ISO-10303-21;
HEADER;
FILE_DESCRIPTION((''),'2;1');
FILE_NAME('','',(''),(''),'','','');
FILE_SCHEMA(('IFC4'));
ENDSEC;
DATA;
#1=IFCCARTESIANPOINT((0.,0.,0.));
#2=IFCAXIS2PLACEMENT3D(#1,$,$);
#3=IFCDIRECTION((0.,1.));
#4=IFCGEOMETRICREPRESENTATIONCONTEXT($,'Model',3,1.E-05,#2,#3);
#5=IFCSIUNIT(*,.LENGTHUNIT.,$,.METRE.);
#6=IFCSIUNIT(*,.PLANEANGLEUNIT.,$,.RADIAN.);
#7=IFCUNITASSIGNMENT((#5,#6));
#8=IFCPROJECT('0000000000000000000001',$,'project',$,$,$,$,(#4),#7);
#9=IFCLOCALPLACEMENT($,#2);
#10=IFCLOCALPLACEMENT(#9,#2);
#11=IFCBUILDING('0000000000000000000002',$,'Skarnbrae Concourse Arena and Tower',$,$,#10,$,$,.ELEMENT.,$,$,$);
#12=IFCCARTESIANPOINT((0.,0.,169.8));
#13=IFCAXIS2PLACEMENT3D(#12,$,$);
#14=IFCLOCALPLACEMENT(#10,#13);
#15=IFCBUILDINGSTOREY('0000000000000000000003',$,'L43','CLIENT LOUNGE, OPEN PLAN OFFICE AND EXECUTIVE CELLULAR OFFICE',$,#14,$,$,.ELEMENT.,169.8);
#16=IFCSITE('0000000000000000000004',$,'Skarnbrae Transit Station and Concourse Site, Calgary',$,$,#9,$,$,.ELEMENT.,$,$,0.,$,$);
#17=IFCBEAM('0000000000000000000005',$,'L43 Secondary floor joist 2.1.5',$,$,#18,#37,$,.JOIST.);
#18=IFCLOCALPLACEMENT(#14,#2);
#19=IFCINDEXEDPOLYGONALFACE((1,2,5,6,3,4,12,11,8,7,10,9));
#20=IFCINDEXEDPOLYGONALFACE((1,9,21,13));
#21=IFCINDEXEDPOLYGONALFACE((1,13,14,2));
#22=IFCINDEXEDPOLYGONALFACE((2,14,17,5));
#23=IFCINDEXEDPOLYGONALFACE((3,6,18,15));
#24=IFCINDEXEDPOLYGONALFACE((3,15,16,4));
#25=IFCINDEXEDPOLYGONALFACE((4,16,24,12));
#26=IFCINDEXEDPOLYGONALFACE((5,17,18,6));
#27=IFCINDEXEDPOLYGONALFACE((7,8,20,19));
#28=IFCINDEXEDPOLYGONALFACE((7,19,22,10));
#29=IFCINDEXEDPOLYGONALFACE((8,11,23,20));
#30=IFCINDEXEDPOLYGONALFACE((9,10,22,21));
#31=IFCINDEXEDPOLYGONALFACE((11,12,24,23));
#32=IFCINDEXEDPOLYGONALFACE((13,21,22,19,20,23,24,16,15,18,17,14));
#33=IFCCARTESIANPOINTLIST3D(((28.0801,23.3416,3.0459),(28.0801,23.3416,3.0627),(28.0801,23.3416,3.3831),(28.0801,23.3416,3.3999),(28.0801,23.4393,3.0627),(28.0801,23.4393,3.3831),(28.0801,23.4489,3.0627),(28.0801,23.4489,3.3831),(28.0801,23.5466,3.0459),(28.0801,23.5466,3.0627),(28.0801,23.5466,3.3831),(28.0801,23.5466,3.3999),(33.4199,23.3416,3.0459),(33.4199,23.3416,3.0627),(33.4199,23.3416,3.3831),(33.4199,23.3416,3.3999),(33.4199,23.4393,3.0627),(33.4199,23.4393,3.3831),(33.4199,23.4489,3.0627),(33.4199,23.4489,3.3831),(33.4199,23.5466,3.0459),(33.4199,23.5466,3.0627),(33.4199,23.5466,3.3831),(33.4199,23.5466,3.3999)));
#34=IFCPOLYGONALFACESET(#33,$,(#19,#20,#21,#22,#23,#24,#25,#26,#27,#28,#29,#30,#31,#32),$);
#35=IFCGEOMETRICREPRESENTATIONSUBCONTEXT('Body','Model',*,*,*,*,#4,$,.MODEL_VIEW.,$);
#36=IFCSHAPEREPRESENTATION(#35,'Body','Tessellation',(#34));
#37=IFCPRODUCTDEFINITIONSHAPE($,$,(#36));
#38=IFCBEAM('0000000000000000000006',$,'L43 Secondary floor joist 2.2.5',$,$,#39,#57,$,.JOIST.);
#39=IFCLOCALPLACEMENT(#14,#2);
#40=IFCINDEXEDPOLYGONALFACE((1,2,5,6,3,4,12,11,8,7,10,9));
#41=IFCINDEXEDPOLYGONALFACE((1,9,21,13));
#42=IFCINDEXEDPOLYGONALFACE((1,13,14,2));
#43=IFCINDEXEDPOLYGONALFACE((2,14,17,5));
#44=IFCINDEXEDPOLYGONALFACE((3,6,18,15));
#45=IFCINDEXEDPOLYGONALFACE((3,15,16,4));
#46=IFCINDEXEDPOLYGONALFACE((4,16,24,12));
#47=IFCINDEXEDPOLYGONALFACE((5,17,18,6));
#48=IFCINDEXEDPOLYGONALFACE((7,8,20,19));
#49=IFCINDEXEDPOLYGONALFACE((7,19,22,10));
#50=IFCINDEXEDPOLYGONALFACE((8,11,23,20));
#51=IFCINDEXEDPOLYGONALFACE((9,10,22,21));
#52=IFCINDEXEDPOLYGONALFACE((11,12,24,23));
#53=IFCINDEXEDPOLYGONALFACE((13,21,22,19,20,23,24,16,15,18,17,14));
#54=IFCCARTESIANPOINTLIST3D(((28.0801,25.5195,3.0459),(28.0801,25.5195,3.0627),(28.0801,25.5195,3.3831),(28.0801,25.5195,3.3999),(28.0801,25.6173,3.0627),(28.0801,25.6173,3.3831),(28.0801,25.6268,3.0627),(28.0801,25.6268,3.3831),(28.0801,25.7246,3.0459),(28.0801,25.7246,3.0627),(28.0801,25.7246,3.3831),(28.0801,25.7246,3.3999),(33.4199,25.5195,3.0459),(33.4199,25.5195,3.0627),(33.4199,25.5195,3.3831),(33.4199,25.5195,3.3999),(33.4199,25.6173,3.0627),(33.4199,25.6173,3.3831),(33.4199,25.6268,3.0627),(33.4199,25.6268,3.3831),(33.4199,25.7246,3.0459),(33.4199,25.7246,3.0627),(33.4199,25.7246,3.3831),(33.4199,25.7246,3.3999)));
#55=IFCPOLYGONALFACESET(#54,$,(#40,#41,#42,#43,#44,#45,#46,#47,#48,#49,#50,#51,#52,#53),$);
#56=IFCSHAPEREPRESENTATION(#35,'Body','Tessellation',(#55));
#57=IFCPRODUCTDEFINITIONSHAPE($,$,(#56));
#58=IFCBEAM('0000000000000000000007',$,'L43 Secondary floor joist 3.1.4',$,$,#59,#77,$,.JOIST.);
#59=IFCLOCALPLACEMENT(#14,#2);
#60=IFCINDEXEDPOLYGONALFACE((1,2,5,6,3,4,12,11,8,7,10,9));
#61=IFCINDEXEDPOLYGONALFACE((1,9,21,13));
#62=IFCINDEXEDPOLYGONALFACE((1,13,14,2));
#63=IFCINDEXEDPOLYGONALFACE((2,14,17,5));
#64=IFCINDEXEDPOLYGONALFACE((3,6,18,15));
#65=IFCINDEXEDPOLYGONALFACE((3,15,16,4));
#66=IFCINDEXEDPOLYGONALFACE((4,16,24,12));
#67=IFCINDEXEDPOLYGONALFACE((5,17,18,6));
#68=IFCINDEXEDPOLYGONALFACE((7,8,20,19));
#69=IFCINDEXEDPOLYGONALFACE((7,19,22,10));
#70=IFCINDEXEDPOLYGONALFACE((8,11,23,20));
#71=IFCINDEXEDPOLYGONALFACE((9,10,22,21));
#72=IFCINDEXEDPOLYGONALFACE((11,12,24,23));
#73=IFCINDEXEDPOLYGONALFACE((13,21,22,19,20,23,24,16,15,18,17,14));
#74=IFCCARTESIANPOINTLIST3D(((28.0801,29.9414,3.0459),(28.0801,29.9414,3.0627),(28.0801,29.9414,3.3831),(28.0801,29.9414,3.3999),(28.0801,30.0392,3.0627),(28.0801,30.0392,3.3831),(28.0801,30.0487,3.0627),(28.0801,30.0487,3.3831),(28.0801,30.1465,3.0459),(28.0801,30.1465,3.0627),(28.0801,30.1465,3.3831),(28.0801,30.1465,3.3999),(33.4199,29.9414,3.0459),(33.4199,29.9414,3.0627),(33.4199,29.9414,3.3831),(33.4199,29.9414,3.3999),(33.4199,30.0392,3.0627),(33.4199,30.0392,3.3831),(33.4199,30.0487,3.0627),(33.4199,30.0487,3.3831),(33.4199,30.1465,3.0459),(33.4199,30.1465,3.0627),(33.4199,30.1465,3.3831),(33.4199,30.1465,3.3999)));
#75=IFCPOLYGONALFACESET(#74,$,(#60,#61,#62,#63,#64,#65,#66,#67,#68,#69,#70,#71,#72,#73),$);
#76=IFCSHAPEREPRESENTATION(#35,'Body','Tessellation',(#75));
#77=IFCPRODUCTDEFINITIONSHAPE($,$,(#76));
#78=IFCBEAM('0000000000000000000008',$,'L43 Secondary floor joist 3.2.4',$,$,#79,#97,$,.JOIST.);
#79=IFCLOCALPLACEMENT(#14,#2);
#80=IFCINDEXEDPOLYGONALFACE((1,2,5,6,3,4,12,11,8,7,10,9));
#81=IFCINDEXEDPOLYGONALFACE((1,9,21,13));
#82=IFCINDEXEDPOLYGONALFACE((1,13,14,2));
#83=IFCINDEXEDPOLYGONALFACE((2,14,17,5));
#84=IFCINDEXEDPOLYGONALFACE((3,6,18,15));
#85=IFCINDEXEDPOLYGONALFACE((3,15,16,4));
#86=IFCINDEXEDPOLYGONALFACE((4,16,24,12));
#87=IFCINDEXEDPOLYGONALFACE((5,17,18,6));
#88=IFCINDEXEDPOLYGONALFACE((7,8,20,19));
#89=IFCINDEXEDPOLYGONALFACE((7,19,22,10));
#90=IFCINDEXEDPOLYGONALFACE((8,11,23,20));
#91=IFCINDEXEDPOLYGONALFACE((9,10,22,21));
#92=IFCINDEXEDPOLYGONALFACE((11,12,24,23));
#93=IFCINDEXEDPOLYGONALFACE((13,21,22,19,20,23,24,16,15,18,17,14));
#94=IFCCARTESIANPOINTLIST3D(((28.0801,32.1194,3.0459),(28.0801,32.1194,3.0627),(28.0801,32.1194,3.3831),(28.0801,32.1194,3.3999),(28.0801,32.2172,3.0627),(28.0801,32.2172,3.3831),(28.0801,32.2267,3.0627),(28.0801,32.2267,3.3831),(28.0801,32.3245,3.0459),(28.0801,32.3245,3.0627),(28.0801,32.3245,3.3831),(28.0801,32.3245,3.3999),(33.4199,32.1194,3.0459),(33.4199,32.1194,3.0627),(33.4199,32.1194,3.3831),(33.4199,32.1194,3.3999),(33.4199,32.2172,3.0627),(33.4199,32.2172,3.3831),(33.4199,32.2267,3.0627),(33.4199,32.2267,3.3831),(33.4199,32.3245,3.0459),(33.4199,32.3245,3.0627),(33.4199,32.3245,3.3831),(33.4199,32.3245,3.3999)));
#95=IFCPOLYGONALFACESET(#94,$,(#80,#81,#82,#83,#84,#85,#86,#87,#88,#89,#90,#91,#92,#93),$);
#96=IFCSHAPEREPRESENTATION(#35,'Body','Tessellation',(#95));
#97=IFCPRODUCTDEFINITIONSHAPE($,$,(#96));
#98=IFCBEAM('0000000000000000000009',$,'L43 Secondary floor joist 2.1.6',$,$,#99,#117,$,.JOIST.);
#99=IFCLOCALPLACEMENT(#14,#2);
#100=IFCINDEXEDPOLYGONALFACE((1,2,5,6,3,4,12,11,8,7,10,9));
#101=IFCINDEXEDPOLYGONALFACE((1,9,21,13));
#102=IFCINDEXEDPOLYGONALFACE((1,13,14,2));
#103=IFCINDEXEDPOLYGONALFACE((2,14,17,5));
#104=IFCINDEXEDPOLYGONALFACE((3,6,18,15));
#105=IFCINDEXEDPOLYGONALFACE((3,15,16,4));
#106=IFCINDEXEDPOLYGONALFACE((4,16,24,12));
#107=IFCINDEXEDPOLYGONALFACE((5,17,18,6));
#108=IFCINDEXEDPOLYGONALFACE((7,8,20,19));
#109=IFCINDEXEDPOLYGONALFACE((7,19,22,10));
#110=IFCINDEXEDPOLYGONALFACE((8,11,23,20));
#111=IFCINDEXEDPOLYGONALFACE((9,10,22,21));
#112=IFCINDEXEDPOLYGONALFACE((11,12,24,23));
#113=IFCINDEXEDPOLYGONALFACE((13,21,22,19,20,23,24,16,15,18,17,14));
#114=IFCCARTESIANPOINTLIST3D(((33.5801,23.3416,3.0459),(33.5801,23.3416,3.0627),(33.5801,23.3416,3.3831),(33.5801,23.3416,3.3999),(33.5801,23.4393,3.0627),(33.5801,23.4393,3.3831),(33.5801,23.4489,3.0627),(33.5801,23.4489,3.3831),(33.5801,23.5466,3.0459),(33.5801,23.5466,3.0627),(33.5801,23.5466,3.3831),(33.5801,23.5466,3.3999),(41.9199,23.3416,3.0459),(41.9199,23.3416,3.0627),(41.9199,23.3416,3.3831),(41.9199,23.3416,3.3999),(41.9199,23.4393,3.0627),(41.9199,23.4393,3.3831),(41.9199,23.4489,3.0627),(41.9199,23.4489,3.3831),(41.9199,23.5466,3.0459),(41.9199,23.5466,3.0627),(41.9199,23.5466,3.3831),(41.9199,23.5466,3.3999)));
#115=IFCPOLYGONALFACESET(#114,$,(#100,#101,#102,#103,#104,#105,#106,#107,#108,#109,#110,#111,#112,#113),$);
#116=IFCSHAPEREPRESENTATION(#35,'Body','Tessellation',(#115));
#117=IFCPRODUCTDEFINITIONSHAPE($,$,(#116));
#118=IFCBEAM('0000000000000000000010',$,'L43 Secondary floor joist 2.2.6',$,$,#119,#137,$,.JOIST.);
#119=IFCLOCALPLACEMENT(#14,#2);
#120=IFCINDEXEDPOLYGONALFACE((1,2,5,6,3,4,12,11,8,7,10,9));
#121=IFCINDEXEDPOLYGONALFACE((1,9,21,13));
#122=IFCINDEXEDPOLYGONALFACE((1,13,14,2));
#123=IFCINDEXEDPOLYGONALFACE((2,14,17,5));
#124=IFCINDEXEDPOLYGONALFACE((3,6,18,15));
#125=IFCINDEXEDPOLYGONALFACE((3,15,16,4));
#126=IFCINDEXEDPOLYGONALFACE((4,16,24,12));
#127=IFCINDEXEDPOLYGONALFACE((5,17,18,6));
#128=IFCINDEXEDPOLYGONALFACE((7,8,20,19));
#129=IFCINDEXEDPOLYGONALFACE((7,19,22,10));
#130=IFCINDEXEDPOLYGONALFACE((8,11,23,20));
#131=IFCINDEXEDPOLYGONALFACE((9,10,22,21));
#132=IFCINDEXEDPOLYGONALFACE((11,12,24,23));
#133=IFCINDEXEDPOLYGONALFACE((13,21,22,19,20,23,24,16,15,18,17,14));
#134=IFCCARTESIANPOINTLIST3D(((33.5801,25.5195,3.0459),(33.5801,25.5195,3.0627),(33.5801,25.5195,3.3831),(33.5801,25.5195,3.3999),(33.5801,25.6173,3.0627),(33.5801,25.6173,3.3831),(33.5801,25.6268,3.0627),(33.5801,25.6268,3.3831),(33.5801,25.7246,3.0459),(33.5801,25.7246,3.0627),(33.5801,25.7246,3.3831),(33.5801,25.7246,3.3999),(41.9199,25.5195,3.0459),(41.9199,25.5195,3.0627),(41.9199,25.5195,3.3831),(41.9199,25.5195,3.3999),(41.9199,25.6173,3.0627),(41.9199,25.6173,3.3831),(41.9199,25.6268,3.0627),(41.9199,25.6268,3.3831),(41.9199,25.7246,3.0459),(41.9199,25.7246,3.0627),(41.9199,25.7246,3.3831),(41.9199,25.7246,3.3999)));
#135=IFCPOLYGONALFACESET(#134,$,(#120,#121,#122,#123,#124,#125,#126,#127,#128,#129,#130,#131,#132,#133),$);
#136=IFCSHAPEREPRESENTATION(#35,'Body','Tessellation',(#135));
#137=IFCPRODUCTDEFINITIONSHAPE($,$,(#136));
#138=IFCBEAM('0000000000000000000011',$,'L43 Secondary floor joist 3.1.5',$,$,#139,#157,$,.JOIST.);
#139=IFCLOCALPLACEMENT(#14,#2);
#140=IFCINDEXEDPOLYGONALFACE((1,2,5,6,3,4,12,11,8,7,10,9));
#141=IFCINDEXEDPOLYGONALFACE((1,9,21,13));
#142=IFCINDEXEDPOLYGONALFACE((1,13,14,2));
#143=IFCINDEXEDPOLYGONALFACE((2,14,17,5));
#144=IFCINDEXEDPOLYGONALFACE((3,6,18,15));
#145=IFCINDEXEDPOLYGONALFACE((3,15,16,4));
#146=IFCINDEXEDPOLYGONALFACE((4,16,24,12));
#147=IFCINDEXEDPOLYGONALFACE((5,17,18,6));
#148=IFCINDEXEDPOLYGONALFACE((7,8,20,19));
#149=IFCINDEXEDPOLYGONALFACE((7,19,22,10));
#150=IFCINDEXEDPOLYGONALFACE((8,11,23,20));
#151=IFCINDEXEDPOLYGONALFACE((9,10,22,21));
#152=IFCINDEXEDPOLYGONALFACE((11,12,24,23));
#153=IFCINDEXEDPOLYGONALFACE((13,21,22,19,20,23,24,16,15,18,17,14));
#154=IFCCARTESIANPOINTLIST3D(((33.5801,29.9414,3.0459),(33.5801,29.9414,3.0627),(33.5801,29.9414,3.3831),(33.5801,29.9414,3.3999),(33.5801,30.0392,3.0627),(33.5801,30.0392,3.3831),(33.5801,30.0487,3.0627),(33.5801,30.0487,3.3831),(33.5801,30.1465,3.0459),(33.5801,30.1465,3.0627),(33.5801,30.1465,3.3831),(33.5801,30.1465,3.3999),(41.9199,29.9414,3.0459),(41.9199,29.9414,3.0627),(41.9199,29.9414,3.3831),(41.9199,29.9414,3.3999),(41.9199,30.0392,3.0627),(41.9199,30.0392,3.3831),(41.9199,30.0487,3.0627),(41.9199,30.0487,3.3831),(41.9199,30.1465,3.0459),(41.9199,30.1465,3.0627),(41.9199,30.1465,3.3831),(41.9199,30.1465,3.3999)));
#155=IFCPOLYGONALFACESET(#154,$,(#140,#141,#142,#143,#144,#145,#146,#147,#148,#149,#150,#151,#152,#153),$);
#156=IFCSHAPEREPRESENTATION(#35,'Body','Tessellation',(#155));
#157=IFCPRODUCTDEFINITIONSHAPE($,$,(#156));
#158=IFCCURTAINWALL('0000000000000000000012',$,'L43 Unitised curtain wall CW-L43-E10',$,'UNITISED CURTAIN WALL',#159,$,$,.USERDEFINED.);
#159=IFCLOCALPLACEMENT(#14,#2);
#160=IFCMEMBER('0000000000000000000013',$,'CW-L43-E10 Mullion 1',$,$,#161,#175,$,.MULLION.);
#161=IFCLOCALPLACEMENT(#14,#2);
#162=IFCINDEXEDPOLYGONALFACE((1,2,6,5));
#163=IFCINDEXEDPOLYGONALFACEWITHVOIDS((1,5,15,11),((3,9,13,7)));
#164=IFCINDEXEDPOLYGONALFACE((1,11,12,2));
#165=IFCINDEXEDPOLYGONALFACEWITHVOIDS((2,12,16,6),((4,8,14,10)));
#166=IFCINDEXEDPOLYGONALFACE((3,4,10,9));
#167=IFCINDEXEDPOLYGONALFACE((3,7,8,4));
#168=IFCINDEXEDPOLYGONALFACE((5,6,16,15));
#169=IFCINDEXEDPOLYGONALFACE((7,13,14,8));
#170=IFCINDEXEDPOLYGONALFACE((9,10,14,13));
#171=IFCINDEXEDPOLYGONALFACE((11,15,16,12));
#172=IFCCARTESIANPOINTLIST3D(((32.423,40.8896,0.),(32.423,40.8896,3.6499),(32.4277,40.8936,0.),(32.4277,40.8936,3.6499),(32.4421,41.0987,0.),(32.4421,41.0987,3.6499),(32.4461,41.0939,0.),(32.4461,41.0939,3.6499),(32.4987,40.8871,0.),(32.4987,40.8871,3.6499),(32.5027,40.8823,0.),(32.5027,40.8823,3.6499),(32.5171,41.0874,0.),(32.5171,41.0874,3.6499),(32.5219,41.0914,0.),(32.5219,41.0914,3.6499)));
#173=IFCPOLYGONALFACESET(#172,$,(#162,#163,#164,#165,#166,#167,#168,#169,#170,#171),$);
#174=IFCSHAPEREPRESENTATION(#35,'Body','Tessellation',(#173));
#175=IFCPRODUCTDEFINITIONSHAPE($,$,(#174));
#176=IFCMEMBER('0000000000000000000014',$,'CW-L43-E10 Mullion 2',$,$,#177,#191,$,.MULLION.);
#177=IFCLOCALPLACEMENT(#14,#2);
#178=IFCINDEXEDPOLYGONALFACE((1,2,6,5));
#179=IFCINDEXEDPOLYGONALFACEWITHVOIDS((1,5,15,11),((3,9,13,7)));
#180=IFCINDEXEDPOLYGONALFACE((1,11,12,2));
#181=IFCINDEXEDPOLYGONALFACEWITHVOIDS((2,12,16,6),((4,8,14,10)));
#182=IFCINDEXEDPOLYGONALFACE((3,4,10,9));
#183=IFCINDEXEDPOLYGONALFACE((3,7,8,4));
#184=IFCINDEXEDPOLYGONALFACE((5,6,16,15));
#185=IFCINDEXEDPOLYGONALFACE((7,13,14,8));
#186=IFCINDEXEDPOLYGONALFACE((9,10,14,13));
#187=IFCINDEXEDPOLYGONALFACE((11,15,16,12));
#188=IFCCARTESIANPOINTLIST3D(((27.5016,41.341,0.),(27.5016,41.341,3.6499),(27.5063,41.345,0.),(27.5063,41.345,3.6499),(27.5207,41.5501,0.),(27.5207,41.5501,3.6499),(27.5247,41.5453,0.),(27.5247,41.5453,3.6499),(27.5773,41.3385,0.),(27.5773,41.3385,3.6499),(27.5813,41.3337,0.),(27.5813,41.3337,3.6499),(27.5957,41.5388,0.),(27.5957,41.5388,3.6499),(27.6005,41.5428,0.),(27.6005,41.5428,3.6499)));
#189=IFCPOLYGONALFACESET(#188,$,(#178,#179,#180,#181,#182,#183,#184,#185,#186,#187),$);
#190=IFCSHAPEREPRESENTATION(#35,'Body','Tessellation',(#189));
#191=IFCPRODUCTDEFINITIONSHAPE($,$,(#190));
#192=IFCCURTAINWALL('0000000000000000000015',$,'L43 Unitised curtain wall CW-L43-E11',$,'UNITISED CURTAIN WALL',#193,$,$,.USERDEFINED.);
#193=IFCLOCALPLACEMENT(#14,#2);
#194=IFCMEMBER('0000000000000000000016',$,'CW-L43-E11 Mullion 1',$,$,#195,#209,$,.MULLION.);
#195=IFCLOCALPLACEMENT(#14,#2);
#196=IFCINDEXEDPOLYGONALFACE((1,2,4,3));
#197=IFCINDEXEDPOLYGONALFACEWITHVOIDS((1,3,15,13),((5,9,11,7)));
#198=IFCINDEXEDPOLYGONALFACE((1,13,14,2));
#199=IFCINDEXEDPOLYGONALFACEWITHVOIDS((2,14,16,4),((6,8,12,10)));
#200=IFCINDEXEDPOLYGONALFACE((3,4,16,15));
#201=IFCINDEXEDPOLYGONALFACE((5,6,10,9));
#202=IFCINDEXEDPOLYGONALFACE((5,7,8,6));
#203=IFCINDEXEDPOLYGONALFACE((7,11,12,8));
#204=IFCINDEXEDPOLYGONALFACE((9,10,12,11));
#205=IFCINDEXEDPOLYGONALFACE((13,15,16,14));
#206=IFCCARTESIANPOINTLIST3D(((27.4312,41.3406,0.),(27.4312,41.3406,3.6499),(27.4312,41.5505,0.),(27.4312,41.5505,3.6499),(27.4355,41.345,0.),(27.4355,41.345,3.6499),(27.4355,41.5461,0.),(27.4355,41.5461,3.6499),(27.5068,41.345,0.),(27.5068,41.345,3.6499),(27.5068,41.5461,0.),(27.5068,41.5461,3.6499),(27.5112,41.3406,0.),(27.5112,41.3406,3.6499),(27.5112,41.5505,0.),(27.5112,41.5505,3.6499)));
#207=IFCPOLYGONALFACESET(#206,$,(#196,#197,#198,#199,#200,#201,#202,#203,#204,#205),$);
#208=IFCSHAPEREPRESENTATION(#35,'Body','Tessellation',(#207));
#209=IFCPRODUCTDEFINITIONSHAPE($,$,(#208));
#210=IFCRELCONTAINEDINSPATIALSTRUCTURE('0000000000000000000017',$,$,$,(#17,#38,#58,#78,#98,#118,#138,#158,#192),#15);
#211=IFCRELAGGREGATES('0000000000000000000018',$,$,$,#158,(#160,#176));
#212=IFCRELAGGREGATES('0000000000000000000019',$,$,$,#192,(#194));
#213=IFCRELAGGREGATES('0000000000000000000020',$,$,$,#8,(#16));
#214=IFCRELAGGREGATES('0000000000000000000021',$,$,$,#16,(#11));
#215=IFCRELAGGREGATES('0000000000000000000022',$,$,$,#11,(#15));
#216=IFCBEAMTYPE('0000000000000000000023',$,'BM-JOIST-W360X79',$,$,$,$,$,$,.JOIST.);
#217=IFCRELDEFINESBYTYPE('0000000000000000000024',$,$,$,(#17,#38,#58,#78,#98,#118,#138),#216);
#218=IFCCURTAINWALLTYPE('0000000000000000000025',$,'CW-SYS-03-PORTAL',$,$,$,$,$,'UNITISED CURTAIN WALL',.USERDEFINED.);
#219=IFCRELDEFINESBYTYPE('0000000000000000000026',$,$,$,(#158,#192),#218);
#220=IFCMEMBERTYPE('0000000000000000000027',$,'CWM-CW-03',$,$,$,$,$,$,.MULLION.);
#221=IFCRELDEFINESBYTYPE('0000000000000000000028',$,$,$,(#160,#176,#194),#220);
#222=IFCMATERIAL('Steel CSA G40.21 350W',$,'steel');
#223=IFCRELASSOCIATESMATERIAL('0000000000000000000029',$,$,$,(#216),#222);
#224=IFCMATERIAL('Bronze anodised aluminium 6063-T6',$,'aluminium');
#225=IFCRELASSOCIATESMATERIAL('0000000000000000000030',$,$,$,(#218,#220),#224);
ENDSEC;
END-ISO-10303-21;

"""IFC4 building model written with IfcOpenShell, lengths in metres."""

from ifc_helpers import new_model, si_unit, direction, frame, origin, origin_2d, place, context, subcontext, project, spatial, hollow_rectangle, i_section, extrude, source, transform, mapped, material, material_profile, profile_set, type_object, element, aggregate, save


model = new_model("IFC4")

# Units and contexts
model_context = context("Model", 3, precision=1e-05, world=origin(), true_north=direction((0.0, 1.0)))
body_context = subcontext(model_context, "Body", "Model", "MODEL_VIEW")
ifc_project = project(units=[si_unit("LENGTHUNIT", "METRE"), si_unit("PLANEANGLEUNIT", "RADIAN")], contexts=[model_context])

# Site, building, storey
site_placement = place(None, origin())
site = spatial("IfcSite", under=ifc_project, at=site_placement, Name="Skarnbrae Transit Station and Concourse Site, Calgary", CompositionType="ELEMENT", RefElevation=0.0)
building_placement = place(site_placement, origin())
building = spatial("IfcBuilding", under=site, at=building_placement, Name="Skarnbrae Concourse Arena and Tower", CompositionType="ELEMENT")
storey_placement = place(building_placement, frame((0.0, 0.0, 169.8)))
storey = spatial("IfcBuildingStorey", under=building, at=storey_placement, Name="L43", Description="CLIENT LOUNGE, OPEN PLAN OFFICE AND EXECUTIVE CELLULAR OFFICE", CompositionType="ELEMENT", Elevation=169.8)

# Shared definitions
ifc_material_1 = material(Name="Steel CSA G40.21 350W", Category="steel")

# Beams
ifc_material_profile_1 = material_profile(ifc_material_1, i_section(OverallWidth=0.2051, OverallDepth=0.354, WebThickness=0.0095, FlangeThickness=0.0168, at=origin_2d()), Name="W360X79")
ifc_profile_set_1 = profile_set([ifc_material_profile_1], Name="Steel CSA G40.21 350W")
beam_type_1 = type_object("IfcBeamType", Name="BM-JOIST-W360X79", PredefinedType="JOIST", material=ifc_profile_set_1)
shared_shape_1 = source(origin(), body_context, "Body", "SweptSolid", [
    extrude(i_section(OverallWidth=0.2051, OverallDepth=0.354, WebThickness=0.0095, FlangeThickness=0.0168, at=origin_2d()), origin(), (0.0, 0.0, 1.0), 5.3398),
])
for number, where, z_axis, x_axis, name in (
    (1, (28.0801, 23.4441, 3.2229), (1.0, 0.0, 0.0), (0.0, 1.0, 0.0), "L43 Secondary floor joist 2.1.5"),
    (2, (28.0801, 25.6221, 3.2229), (1.0, 0.0, 0.0), (0.0, 1.0, 0.0), "L43 Secondary floor joist 2.2.5"),
    (3, (28.0801, 30.0439, 3.2229), (1.0, 0.0, 0.0), (0.0, 1.0, 0.0), "L43 Secondary floor joist 3.1.4"),
    (4, (28.0801, 32.2219, 3.2229), (1.0, 0.0, 0.0), (0.0, 1.0, 0.0), "L43 Secondary floor joist 3.2.4"),
):
    element("IfcBeam", number, at=place(storey_placement, frame(where, z_axis=z_axis, x_axis=x_axis)), inside=storey, type_object=beam_type_1, Name=name, PredefinedType="JOIST", context=body_context, shape_type="MappedRepresentation", body=[
        mapped(shared_shape_1, transform((0.0, 0.0, 0.0))),
    ])
shared_shape_2 = source(origin(), body_context, "Body", "SweptSolid", [
    extrude(i_section(OverallWidth=0.2051, OverallDepth=0.354, WebThickness=0.0095, FlangeThickness=0.0168, at=origin_2d()), origin(), (0.0, 0.0, 1.0), 8.3398),
])
for number, where, z_axis, x_axis, name in (
    (5, (33.5801, 23.4441, 3.2229), (1.0, 0.0, 0.0), (0.0, 1.0, 0.0), "L43 Secondary floor joist 2.1.6"),
    (6, (33.5801, 25.6221, 3.2229), (1.0, 0.0, 0.0), (0.0, 1.0, 0.0), "L43 Secondary floor joist 2.2.6"),
    (7, (33.5801, 30.0439, 3.2229), (1.0, 0.0, 0.0), (0.0, 1.0, 0.0), "L43 Secondary floor joist 3.1.5"),
):
    element("IfcBeam", number, at=place(storey_placement, frame(where, z_axis=z_axis, x_axis=x_axis)), inside=storey, type_object=beam_type_1, Name=name, PredefinedType="JOIST", context=body_context, shape_type="MappedRepresentation", body=[
        mapped(shared_shape_2, transform((0.0, 0.0, 0.0))),
    ])

# Curtain walls, members
ifc_material_2 = material(Name="Bronze anodised aluminium 6063-T6", Category="aluminium")
curtain_wall_type_1 = type_object("IfcCurtainWallType", Name="CW-SYS-03-PORTAL", ElementType="UNITISED CURTAIN WALL", PredefinedType="USERDEFINED", material=ifc_material_2)
curtain_wall_1_placement = place(storey_placement, origin())
curtain_wall_1 = element("IfcCurtainWall", 8, at=curtain_wall_1_placement, inside=storey, type_object=curtain_wall_type_1, Name="L43 Unitised curtain wall CW-L43-E10", ObjectType="UNITISED CURTAIN WALL", PredefinedType="USERDEFINED")
ifc_material_profile_2 = material_profile(ifc_material_2, hollow_rectangle(XDim=0.0801, YDim=0.21, WallThickness=0.0044, at=origin_2d()), Name="ALU-MULL-80X210")
ifc_profile_set_2 = profile_set([ifc_material_profile_2], Name="Bronze anodised aluminium 6063-T6")
member_type_1 = type_object("IfcMemberType", Name="CWM-CW-03", PredefinedType="MULLION", material=ifc_profile_set_2)
shared_shape_3 = source(origin(), body_context, "Body", "SweptSolid", [
    extrude(hollow_rectangle(XDim=0.0801, YDim=0.21, WallThickness=0.0044, at=origin_2d()), origin(), (0.0, 0.0, 1.0), 3.6499),
])
member_1_placement = place(storey_placement, frame((32.4724, 40.9905, 0.0), z_axis=(0.0, 0.0, 1.0), x_axis=(-0.99582, 0.091338, 0.0)))
member_1 = element("IfcMember", 9, at=member_1_placement, type_object=member_type_1, Name="CW-L43-E10 Mullion 1", PredefinedType="MULLION", context=body_context, shape_type="MappedRepresentation", body=[
    mapped(shared_shape_3, transform((0.0, 0.0, 0.0))),
])
member_2_placement = place(storey_placement, frame((27.551, 41.4419, 0.0), z_axis=(0.0, 0.0, 1.0), x_axis=(-0.99582, 0.091338, 0.0)))
member_2 = element("IfcMember", 10, at=member_2_placement, type_object=member_type_1, Name="CW-L43-E10 Mullion 2", PredefinedType="MULLION", context=body_context, shape_type="MappedRepresentation", body=[
    mapped(shared_shape_3, transform((0.0, 0.0, 0.0))),
])
curtain_wall_2_placement = place(storey_placement, origin())
curtain_wall_2 = element("IfcCurtainWall", 11, at=curtain_wall_2_placement, inside=storey, type_object=curtain_wall_type_1, Name="L43 Unitised curtain wall CW-L43-E11", ObjectType="UNITISED CURTAIN WALL", PredefinedType="USERDEFINED")
member_3_placement = place(storey_placement, frame((27.4712, 41.4456, 0.0), z_axis=(0.0, 0.0, 1.0), x_axis=(-1.0, 0.0, 0.0)))
member_3 = element("IfcMember", 12, at=member_3_placement, type_object=member_type_1, Name="CW-L43-E11 Mullion 1", PredefinedType="MULLION", context=body_context, shape_type="MappedRepresentation", body=[
    mapped(shared_shape_3, transform((0.0, 0.0, 0.0))),
])

aggregate(curtain_wall_1, [member_1, member_2])
aggregate(curtain_wall_2, [member_3])

save(model, "model.ifc")
